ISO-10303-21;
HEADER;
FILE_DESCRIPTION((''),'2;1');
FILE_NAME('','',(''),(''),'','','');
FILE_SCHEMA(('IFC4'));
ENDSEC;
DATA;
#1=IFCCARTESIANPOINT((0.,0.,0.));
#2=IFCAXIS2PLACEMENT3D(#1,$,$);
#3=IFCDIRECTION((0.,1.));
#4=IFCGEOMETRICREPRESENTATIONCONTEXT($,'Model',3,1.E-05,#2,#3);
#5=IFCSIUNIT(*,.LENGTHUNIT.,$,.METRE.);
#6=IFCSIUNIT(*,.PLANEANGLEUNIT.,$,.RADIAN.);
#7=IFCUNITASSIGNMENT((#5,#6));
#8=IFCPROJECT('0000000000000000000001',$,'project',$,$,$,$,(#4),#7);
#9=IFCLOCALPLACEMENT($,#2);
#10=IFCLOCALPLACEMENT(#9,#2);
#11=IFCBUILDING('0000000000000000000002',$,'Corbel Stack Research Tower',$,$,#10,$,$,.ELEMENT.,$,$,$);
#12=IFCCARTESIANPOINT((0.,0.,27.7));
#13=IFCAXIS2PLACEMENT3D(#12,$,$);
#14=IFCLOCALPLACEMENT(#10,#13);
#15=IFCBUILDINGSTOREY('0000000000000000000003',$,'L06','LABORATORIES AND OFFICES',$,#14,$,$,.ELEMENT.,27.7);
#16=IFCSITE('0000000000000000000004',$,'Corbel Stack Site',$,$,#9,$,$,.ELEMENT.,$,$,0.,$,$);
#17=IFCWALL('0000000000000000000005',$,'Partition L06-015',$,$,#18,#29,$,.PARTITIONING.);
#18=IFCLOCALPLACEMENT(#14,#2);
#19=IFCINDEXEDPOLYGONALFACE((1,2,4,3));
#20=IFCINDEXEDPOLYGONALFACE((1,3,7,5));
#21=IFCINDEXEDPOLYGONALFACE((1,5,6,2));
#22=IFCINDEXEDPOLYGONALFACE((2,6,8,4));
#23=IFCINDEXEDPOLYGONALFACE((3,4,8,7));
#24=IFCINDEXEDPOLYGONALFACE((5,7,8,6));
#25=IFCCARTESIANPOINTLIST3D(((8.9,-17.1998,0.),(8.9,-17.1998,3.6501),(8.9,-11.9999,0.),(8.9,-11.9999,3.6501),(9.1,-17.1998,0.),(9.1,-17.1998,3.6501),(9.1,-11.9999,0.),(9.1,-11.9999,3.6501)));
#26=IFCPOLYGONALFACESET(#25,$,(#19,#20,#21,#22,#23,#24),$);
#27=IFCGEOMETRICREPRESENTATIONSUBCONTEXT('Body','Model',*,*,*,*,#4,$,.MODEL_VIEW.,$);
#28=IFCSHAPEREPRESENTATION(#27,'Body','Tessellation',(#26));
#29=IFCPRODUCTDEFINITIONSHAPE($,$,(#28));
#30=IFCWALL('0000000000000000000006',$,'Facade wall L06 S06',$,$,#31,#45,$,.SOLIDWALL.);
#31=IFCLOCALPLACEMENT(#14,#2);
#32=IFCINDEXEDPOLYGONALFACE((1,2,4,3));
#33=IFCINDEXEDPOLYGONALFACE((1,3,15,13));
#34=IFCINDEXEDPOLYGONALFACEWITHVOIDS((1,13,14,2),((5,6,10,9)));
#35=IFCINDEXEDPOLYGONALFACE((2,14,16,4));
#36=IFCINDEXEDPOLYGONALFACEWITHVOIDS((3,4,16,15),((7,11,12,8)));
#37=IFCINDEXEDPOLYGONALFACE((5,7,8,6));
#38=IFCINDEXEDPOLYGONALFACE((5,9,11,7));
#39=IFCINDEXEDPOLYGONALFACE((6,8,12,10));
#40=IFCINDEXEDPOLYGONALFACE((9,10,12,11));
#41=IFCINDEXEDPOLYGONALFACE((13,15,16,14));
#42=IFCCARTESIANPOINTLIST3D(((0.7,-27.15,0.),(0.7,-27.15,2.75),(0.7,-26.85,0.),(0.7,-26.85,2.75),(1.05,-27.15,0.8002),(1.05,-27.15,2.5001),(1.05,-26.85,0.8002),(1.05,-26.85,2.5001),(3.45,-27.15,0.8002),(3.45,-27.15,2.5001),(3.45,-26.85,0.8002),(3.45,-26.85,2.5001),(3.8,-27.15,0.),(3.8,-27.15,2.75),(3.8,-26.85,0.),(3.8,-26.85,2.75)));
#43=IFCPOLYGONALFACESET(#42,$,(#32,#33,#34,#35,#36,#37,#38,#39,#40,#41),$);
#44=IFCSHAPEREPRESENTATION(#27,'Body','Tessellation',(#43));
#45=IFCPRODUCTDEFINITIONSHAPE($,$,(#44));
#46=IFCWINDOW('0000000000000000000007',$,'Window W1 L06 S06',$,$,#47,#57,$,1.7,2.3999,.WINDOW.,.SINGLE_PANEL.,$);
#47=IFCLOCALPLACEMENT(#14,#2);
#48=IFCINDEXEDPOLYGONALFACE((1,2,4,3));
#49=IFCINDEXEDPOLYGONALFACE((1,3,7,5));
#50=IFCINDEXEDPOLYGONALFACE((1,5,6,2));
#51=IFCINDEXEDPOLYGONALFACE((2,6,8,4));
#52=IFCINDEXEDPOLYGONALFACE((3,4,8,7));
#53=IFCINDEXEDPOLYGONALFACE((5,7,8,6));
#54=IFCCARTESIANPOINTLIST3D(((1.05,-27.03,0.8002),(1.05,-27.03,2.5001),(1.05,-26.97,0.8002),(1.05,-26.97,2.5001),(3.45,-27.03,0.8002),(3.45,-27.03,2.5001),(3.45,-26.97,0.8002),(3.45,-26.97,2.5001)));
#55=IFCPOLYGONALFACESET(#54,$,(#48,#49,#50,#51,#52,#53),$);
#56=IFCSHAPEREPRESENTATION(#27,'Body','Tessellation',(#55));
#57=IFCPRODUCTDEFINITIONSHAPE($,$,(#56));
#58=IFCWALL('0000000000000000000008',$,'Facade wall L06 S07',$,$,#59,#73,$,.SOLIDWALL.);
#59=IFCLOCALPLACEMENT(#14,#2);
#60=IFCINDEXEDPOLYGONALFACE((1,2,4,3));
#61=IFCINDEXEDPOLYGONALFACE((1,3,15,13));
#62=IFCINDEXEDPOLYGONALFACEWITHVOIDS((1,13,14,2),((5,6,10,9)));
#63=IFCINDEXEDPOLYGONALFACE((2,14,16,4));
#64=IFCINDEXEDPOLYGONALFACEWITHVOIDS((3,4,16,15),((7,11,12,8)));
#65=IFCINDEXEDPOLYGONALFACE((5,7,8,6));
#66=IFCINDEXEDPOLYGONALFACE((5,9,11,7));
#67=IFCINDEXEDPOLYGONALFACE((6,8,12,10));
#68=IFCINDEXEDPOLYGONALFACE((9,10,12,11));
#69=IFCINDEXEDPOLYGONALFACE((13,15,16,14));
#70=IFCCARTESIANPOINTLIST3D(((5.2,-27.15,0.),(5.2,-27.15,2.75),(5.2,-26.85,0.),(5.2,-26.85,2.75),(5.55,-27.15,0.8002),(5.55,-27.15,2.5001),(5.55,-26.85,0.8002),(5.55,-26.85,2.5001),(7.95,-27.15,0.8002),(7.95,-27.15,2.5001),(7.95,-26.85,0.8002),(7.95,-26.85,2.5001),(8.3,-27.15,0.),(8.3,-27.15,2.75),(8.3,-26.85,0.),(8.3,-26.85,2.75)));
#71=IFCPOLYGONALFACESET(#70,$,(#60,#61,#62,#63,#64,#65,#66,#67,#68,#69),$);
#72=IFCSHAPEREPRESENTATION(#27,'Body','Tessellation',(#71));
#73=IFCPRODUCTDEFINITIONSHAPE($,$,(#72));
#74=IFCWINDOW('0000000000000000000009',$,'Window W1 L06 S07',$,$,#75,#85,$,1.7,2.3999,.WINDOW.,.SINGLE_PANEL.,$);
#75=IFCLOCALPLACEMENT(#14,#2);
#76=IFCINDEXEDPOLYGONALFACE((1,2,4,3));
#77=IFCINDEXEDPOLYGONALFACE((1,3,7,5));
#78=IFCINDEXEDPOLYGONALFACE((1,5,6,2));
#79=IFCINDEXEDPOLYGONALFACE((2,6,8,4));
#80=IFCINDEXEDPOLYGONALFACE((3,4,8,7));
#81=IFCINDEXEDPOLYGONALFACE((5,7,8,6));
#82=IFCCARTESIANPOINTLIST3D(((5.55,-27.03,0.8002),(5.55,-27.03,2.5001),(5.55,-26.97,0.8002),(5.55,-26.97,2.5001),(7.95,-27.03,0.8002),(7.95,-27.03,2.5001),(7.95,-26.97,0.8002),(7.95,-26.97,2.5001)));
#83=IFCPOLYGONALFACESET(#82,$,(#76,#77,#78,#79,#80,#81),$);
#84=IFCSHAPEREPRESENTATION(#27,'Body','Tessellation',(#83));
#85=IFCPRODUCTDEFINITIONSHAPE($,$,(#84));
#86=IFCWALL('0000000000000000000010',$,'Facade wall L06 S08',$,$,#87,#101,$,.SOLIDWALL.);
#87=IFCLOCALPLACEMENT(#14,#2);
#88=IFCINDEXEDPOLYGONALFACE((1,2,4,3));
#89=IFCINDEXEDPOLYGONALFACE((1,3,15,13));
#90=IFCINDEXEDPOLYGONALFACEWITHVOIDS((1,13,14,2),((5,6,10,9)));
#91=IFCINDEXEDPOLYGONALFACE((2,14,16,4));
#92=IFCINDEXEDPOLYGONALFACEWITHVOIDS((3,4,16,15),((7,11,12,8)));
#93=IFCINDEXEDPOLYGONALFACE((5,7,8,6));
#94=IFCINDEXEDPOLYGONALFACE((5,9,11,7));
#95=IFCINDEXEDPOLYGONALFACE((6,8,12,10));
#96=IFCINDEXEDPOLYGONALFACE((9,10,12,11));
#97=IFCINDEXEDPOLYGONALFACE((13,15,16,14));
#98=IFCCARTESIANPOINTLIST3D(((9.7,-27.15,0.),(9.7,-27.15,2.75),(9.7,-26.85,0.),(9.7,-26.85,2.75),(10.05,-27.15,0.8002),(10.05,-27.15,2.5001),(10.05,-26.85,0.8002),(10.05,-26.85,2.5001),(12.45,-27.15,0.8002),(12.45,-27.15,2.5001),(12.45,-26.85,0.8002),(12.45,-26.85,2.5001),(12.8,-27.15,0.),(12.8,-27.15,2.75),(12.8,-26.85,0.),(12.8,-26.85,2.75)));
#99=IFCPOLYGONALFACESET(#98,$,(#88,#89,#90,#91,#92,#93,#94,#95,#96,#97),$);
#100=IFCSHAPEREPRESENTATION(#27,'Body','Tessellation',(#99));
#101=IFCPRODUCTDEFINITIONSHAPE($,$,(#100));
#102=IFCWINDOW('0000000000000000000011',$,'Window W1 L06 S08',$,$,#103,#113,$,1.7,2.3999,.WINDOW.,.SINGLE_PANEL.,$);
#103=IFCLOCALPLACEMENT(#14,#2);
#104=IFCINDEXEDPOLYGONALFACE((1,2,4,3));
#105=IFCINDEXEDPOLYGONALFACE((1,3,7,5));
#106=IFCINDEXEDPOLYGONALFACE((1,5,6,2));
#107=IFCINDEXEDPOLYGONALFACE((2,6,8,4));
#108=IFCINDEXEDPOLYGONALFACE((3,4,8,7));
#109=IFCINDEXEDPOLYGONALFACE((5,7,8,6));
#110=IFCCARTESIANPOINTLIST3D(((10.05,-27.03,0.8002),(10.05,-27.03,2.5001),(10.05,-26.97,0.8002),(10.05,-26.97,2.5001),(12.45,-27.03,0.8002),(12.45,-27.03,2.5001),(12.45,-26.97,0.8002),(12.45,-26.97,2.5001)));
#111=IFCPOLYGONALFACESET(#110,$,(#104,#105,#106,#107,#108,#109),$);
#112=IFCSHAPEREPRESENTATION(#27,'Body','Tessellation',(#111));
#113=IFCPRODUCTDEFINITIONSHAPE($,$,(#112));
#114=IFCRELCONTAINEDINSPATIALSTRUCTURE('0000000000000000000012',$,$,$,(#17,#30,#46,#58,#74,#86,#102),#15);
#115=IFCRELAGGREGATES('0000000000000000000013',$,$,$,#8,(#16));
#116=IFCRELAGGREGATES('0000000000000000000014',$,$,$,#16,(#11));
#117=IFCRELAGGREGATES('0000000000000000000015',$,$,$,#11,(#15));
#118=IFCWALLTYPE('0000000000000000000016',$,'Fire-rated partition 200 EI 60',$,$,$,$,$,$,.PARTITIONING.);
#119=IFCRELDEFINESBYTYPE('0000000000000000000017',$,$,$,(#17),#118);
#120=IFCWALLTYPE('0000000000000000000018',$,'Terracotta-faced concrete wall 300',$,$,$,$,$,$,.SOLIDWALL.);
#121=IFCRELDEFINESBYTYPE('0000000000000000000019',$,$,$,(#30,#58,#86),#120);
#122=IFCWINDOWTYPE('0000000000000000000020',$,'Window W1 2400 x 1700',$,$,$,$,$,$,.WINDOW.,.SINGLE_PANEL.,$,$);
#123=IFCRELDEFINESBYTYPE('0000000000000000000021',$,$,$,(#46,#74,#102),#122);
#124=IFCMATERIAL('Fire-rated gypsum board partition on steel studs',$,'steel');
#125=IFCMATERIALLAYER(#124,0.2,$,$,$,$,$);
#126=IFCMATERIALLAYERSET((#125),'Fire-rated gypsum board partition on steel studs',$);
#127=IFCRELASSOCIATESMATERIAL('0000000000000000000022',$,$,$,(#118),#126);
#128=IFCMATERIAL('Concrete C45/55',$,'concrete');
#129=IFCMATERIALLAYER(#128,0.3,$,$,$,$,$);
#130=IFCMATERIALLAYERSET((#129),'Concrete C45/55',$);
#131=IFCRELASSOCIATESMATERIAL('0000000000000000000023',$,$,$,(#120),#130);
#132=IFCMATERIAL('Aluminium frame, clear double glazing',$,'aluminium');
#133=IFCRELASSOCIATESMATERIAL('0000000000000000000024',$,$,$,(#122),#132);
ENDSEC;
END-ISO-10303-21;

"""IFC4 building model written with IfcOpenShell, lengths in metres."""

from ifc_helpers import new_model, si_unit, direction, frame, frame_2d, origin, place, context, subcontext, project, spatial, rectangle, extrude, material, layer, layer_set, type_object, element, fill, save


model = new_model("IFC4")

# Units and contexts
model_context = context("Model", 3, precision=1e-05, world=origin(), true_north=direction((0.0, 1.0)))
body_context = subcontext(model_context, "Body", "Model", "MODEL_VIEW")
ifc_project = project(units=[si_unit("LENGTHUNIT", "METRE"), si_unit("PLANEANGLEUNIT", "RADIAN")], contexts=[model_context])

# Site, building, storey
site_placement = place(None, origin())
site = spatial("IfcSite", under=ifc_project, at=site_placement, Name="Corbel Stack Site", CompositionType="ELEMENT", RefElevation=0.0)
building_placement = place(site_placement, origin())
building = spatial("IfcBuilding", under=site, at=building_placement, Name="Corbel Stack Research Tower", CompositionType="ELEMENT")
storey_placement = place(building_placement, frame((0.0, 0.0, 27.7)))
storey = spatial("IfcBuildingStorey", under=building, at=storey_placement, Name="L06", Description="LABORATORIES AND OFFICES", CompositionType="ELEMENT", Elevation=27.7)

# Wall
ifc_material_1 = material(Name="Fire-rated gypsum board partition on steel studs", Category="steel")
ifc_layer_1 = layer(ifc_material_1, 0.2)
ifc_layer_set_1 = layer_set([ifc_layer_1], Name="Fire-rated gypsum board partition on steel studs")
wall_type_1 = type_object("IfcWallType", Name="Fire-rated partition 200 EI 60", PredefinedType="PARTITIONING", material=ifc_layer_set_1)
wall_1_placement = place(storey_placement, frame((9.0, -17.2, 0.0), z_axis=(0.0, 0.0, 1.0), x_axis=(0.0, 1.0, 0.0)))
element("IfcWall", 1, at=wall_1_placement, inside=storey, type_object=wall_type_1, Name="Partition L06-015", PredefinedType="PARTITIONING", context=body_context, shape_type="SweptSolid", body=[
    extrude(rectangle(XDim=5.2, YDim=0.2, at=frame_2d((2.6001, 0.0))), origin(), (0.0, 0.0, 1.0), 3.6501),
])

# Walls, openings, windows
ifc_material_2 = material(Name="Concrete C45/55", Category="concrete")
ifc_layer_2 = layer(ifc_material_2, 0.3)
ifc_layer_set_2 = layer_set([ifc_layer_2], Name="Concrete C45/55")
wall_type_2 = type_object("IfcWallType", Name="Terracotta-faced concrete wall 300", PredefinedType="SOLIDWALL", material=ifc_layer_set_2)
wall_2_placement = place(storey_placement, frame((3.8, -27.0, 0.0), z_axis=(0.0, 0.0, 1.0), x_axis=(-1.0, 0.0, 0.0)))
wall_2 = element("IfcWall", 2, at=wall_2_placement, inside=storey, type_object=wall_type_2, Name="Facade wall L06 S06", PredefinedType="SOLIDWALL", context=body_context, shape_type="SweptSolid", body=[
    extrude(rectangle(XDim=3.1001, YDim=0.3, at=frame_2d((1.55, 0.0))), origin(), (0.0, 0.0, 1.0), 2.75),
])
opening_1_placement = place(wall_2_placement, frame((0.3501, 0.0, 0.8)))
opening_1 = element("IfcOpeningElement", 3, at=opening_1_placement, cuts=wall_2, PredefinedType="OPENING", context=body_context, shape_type="SweptSolid", body=[
    extrude(rectangle(XDim=2.3999, YDim=1.7, at=frame_2d((1.2, 0.8501))), frame((0.0, 0.1599, 0.0), z_axis=(0.0, -1.0, 0.0), x_axis=(1.0, 0.0, 0.0)), (0.0, 0.0, 1.0), 0.3201),
])
ifc_material_3 = material(Name="Aluminium frame, clear double glazing", Category="aluminium")
window_type = type_object("IfcWindowType", Name="Window W1 2400 x 1700", PartitioningType="SINGLE_PANEL", PredefinedType="WINDOW", material=ifc_material_3)
window_1_placement = place(opening_1_placement, origin())
window_1 = element("IfcWindow", 4, at=window_1_placement, inside=storey, type_object=window_type, Name="Window W1 L06 S06", OverallHeight=1.7, OverallWidth=2.3999, PartitioningType="SINGLE_PANEL", PredefinedType="WINDOW", context=body_context, shape_type="SweptSolid", body=[
    extrude(rectangle(XDim=2.3999, YDim=1.7, at=frame_2d((1.2, 0.8501))), frame((0.0, 0.03, 0.0), z_axis=(0.0, -1.0, 0.0), x_axis=(1.0, 0.0, 0.0)), (0.0, 0.0, 1.0), 0.0601),
])
fill(opening_1, window_1)
wall_3_placement = place(storey_placement, frame((8.3, -27.0, 0.0), z_axis=(0.0, 0.0, 1.0), x_axis=(-1.0, 0.0, 0.0)))
wall_3 = element("IfcWall", 5, at=wall_3_placement, inside=storey, type_object=wall_type_2, Name="Facade wall L06 S07", PredefinedType="SOLIDWALL", context=body_context, shape_type="SweptSolid", body=[
    extrude(rectangle(XDim=3.1001, YDim=0.3, at=frame_2d((1.55, 0.0))), origin(), (0.0, 0.0, 1.0), 2.75),
])
opening_2_placement = place(wall_3_placement, frame((0.3501, 0.0, 0.8)))
opening_2 = element("IfcOpeningElement", 6, at=opening_2_placement, cuts=wall_3, PredefinedType="OPENING", context=body_context, shape_type="SweptSolid", body=[
    extrude(rectangle(XDim=2.3999, YDim=1.7, at=frame_2d((1.2, 0.8501))), frame((0.0, 0.1599, 0.0), z_axis=(0.0, -1.0, 0.0), x_axis=(1.0, 0.0, 0.0)), (0.0, 0.0, 1.0), 0.3201),
])
window_2_placement = place(opening_2_placement, origin())
window_2 = element("IfcWindow", 7, at=window_2_placement, inside=storey, type_object=window_type, Name="Window W1 L06 S07", OverallHeight=1.7, OverallWidth=2.3999, PartitioningType="SINGLE_PANEL", PredefinedType="WINDOW", context=body_context, shape_type="SweptSolid", body=[
    extrude(rectangle(XDim=2.3999, YDim=1.7, at=frame_2d((1.2, 0.8501))), frame((0.0, 0.03, 0.0), z_axis=(0.0, -1.0, 0.0), x_axis=(1.0, 0.0, 0.0)), (0.0, 0.0, 1.0), 0.0601),
])
fill(opening_2, window_2)
wall_4_placement = place(storey_placement, frame((12.8, -27.0, 0.0), z_axis=(0.0, 0.0, 1.0), x_axis=(-1.0, 0.0, 0.0)))
wall_4 = element("IfcWall", 8, at=wall_4_placement, inside=storey, type_object=wall_type_2, Name="Facade wall L06 S08", PredefinedType="SOLIDWALL", context=body_context, shape_type="SweptSolid", body=[
    extrude(rectangle(XDim=3.1001, YDim=0.3, at=frame_2d((1.55, 0.0))), origin(), (0.0, 0.0, 1.0), 2.75),
])
opening_3_placement = place(wall_4_placement, frame((0.3501, 0.0, 0.8)))
opening_3 = element("IfcOpeningElement", 9, at=opening_3_placement, cuts=wall_4, PredefinedType="OPENING", context=body_context, shape_type="SweptSolid", body=[
    extrude(rectangle(XDim=2.3999, YDim=1.7, at=frame_2d((1.2, 0.8501))), frame((0.0, 0.1599, 0.0), z_axis=(0.0, -1.0, 0.0), x_axis=(1.0, 0.0, 0.0)), (0.0, 0.0, 1.0), 0.3201),
])
window_3_placement = place(opening_3_placement, origin())
window_3 = element("IfcWindow", 10, at=window_3_placement, inside=storey, type_object=window_type, Name="Window W1 L06 S08", OverallHeight=1.7, OverallWidth=2.3999, PartitioningType="SINGLE_PANEL", PredefinedType="WINDOW", context=body_context, shape_type="SweptSolid", body=[
    extrude(rectangle(XDim=2.3999, YDim=1.7, at=frame_2d((1.2, 0.8501))), frame((0.0, 0.03, 0.0), z_axis=(0.0, -1.0, 0.0), x_axis=(1.0, 0.0, 0.0)), (0.0, 0.0, 1.0), 0.0601),
])
fill(opening_3, window_3)

save(model, "model.ifc")
